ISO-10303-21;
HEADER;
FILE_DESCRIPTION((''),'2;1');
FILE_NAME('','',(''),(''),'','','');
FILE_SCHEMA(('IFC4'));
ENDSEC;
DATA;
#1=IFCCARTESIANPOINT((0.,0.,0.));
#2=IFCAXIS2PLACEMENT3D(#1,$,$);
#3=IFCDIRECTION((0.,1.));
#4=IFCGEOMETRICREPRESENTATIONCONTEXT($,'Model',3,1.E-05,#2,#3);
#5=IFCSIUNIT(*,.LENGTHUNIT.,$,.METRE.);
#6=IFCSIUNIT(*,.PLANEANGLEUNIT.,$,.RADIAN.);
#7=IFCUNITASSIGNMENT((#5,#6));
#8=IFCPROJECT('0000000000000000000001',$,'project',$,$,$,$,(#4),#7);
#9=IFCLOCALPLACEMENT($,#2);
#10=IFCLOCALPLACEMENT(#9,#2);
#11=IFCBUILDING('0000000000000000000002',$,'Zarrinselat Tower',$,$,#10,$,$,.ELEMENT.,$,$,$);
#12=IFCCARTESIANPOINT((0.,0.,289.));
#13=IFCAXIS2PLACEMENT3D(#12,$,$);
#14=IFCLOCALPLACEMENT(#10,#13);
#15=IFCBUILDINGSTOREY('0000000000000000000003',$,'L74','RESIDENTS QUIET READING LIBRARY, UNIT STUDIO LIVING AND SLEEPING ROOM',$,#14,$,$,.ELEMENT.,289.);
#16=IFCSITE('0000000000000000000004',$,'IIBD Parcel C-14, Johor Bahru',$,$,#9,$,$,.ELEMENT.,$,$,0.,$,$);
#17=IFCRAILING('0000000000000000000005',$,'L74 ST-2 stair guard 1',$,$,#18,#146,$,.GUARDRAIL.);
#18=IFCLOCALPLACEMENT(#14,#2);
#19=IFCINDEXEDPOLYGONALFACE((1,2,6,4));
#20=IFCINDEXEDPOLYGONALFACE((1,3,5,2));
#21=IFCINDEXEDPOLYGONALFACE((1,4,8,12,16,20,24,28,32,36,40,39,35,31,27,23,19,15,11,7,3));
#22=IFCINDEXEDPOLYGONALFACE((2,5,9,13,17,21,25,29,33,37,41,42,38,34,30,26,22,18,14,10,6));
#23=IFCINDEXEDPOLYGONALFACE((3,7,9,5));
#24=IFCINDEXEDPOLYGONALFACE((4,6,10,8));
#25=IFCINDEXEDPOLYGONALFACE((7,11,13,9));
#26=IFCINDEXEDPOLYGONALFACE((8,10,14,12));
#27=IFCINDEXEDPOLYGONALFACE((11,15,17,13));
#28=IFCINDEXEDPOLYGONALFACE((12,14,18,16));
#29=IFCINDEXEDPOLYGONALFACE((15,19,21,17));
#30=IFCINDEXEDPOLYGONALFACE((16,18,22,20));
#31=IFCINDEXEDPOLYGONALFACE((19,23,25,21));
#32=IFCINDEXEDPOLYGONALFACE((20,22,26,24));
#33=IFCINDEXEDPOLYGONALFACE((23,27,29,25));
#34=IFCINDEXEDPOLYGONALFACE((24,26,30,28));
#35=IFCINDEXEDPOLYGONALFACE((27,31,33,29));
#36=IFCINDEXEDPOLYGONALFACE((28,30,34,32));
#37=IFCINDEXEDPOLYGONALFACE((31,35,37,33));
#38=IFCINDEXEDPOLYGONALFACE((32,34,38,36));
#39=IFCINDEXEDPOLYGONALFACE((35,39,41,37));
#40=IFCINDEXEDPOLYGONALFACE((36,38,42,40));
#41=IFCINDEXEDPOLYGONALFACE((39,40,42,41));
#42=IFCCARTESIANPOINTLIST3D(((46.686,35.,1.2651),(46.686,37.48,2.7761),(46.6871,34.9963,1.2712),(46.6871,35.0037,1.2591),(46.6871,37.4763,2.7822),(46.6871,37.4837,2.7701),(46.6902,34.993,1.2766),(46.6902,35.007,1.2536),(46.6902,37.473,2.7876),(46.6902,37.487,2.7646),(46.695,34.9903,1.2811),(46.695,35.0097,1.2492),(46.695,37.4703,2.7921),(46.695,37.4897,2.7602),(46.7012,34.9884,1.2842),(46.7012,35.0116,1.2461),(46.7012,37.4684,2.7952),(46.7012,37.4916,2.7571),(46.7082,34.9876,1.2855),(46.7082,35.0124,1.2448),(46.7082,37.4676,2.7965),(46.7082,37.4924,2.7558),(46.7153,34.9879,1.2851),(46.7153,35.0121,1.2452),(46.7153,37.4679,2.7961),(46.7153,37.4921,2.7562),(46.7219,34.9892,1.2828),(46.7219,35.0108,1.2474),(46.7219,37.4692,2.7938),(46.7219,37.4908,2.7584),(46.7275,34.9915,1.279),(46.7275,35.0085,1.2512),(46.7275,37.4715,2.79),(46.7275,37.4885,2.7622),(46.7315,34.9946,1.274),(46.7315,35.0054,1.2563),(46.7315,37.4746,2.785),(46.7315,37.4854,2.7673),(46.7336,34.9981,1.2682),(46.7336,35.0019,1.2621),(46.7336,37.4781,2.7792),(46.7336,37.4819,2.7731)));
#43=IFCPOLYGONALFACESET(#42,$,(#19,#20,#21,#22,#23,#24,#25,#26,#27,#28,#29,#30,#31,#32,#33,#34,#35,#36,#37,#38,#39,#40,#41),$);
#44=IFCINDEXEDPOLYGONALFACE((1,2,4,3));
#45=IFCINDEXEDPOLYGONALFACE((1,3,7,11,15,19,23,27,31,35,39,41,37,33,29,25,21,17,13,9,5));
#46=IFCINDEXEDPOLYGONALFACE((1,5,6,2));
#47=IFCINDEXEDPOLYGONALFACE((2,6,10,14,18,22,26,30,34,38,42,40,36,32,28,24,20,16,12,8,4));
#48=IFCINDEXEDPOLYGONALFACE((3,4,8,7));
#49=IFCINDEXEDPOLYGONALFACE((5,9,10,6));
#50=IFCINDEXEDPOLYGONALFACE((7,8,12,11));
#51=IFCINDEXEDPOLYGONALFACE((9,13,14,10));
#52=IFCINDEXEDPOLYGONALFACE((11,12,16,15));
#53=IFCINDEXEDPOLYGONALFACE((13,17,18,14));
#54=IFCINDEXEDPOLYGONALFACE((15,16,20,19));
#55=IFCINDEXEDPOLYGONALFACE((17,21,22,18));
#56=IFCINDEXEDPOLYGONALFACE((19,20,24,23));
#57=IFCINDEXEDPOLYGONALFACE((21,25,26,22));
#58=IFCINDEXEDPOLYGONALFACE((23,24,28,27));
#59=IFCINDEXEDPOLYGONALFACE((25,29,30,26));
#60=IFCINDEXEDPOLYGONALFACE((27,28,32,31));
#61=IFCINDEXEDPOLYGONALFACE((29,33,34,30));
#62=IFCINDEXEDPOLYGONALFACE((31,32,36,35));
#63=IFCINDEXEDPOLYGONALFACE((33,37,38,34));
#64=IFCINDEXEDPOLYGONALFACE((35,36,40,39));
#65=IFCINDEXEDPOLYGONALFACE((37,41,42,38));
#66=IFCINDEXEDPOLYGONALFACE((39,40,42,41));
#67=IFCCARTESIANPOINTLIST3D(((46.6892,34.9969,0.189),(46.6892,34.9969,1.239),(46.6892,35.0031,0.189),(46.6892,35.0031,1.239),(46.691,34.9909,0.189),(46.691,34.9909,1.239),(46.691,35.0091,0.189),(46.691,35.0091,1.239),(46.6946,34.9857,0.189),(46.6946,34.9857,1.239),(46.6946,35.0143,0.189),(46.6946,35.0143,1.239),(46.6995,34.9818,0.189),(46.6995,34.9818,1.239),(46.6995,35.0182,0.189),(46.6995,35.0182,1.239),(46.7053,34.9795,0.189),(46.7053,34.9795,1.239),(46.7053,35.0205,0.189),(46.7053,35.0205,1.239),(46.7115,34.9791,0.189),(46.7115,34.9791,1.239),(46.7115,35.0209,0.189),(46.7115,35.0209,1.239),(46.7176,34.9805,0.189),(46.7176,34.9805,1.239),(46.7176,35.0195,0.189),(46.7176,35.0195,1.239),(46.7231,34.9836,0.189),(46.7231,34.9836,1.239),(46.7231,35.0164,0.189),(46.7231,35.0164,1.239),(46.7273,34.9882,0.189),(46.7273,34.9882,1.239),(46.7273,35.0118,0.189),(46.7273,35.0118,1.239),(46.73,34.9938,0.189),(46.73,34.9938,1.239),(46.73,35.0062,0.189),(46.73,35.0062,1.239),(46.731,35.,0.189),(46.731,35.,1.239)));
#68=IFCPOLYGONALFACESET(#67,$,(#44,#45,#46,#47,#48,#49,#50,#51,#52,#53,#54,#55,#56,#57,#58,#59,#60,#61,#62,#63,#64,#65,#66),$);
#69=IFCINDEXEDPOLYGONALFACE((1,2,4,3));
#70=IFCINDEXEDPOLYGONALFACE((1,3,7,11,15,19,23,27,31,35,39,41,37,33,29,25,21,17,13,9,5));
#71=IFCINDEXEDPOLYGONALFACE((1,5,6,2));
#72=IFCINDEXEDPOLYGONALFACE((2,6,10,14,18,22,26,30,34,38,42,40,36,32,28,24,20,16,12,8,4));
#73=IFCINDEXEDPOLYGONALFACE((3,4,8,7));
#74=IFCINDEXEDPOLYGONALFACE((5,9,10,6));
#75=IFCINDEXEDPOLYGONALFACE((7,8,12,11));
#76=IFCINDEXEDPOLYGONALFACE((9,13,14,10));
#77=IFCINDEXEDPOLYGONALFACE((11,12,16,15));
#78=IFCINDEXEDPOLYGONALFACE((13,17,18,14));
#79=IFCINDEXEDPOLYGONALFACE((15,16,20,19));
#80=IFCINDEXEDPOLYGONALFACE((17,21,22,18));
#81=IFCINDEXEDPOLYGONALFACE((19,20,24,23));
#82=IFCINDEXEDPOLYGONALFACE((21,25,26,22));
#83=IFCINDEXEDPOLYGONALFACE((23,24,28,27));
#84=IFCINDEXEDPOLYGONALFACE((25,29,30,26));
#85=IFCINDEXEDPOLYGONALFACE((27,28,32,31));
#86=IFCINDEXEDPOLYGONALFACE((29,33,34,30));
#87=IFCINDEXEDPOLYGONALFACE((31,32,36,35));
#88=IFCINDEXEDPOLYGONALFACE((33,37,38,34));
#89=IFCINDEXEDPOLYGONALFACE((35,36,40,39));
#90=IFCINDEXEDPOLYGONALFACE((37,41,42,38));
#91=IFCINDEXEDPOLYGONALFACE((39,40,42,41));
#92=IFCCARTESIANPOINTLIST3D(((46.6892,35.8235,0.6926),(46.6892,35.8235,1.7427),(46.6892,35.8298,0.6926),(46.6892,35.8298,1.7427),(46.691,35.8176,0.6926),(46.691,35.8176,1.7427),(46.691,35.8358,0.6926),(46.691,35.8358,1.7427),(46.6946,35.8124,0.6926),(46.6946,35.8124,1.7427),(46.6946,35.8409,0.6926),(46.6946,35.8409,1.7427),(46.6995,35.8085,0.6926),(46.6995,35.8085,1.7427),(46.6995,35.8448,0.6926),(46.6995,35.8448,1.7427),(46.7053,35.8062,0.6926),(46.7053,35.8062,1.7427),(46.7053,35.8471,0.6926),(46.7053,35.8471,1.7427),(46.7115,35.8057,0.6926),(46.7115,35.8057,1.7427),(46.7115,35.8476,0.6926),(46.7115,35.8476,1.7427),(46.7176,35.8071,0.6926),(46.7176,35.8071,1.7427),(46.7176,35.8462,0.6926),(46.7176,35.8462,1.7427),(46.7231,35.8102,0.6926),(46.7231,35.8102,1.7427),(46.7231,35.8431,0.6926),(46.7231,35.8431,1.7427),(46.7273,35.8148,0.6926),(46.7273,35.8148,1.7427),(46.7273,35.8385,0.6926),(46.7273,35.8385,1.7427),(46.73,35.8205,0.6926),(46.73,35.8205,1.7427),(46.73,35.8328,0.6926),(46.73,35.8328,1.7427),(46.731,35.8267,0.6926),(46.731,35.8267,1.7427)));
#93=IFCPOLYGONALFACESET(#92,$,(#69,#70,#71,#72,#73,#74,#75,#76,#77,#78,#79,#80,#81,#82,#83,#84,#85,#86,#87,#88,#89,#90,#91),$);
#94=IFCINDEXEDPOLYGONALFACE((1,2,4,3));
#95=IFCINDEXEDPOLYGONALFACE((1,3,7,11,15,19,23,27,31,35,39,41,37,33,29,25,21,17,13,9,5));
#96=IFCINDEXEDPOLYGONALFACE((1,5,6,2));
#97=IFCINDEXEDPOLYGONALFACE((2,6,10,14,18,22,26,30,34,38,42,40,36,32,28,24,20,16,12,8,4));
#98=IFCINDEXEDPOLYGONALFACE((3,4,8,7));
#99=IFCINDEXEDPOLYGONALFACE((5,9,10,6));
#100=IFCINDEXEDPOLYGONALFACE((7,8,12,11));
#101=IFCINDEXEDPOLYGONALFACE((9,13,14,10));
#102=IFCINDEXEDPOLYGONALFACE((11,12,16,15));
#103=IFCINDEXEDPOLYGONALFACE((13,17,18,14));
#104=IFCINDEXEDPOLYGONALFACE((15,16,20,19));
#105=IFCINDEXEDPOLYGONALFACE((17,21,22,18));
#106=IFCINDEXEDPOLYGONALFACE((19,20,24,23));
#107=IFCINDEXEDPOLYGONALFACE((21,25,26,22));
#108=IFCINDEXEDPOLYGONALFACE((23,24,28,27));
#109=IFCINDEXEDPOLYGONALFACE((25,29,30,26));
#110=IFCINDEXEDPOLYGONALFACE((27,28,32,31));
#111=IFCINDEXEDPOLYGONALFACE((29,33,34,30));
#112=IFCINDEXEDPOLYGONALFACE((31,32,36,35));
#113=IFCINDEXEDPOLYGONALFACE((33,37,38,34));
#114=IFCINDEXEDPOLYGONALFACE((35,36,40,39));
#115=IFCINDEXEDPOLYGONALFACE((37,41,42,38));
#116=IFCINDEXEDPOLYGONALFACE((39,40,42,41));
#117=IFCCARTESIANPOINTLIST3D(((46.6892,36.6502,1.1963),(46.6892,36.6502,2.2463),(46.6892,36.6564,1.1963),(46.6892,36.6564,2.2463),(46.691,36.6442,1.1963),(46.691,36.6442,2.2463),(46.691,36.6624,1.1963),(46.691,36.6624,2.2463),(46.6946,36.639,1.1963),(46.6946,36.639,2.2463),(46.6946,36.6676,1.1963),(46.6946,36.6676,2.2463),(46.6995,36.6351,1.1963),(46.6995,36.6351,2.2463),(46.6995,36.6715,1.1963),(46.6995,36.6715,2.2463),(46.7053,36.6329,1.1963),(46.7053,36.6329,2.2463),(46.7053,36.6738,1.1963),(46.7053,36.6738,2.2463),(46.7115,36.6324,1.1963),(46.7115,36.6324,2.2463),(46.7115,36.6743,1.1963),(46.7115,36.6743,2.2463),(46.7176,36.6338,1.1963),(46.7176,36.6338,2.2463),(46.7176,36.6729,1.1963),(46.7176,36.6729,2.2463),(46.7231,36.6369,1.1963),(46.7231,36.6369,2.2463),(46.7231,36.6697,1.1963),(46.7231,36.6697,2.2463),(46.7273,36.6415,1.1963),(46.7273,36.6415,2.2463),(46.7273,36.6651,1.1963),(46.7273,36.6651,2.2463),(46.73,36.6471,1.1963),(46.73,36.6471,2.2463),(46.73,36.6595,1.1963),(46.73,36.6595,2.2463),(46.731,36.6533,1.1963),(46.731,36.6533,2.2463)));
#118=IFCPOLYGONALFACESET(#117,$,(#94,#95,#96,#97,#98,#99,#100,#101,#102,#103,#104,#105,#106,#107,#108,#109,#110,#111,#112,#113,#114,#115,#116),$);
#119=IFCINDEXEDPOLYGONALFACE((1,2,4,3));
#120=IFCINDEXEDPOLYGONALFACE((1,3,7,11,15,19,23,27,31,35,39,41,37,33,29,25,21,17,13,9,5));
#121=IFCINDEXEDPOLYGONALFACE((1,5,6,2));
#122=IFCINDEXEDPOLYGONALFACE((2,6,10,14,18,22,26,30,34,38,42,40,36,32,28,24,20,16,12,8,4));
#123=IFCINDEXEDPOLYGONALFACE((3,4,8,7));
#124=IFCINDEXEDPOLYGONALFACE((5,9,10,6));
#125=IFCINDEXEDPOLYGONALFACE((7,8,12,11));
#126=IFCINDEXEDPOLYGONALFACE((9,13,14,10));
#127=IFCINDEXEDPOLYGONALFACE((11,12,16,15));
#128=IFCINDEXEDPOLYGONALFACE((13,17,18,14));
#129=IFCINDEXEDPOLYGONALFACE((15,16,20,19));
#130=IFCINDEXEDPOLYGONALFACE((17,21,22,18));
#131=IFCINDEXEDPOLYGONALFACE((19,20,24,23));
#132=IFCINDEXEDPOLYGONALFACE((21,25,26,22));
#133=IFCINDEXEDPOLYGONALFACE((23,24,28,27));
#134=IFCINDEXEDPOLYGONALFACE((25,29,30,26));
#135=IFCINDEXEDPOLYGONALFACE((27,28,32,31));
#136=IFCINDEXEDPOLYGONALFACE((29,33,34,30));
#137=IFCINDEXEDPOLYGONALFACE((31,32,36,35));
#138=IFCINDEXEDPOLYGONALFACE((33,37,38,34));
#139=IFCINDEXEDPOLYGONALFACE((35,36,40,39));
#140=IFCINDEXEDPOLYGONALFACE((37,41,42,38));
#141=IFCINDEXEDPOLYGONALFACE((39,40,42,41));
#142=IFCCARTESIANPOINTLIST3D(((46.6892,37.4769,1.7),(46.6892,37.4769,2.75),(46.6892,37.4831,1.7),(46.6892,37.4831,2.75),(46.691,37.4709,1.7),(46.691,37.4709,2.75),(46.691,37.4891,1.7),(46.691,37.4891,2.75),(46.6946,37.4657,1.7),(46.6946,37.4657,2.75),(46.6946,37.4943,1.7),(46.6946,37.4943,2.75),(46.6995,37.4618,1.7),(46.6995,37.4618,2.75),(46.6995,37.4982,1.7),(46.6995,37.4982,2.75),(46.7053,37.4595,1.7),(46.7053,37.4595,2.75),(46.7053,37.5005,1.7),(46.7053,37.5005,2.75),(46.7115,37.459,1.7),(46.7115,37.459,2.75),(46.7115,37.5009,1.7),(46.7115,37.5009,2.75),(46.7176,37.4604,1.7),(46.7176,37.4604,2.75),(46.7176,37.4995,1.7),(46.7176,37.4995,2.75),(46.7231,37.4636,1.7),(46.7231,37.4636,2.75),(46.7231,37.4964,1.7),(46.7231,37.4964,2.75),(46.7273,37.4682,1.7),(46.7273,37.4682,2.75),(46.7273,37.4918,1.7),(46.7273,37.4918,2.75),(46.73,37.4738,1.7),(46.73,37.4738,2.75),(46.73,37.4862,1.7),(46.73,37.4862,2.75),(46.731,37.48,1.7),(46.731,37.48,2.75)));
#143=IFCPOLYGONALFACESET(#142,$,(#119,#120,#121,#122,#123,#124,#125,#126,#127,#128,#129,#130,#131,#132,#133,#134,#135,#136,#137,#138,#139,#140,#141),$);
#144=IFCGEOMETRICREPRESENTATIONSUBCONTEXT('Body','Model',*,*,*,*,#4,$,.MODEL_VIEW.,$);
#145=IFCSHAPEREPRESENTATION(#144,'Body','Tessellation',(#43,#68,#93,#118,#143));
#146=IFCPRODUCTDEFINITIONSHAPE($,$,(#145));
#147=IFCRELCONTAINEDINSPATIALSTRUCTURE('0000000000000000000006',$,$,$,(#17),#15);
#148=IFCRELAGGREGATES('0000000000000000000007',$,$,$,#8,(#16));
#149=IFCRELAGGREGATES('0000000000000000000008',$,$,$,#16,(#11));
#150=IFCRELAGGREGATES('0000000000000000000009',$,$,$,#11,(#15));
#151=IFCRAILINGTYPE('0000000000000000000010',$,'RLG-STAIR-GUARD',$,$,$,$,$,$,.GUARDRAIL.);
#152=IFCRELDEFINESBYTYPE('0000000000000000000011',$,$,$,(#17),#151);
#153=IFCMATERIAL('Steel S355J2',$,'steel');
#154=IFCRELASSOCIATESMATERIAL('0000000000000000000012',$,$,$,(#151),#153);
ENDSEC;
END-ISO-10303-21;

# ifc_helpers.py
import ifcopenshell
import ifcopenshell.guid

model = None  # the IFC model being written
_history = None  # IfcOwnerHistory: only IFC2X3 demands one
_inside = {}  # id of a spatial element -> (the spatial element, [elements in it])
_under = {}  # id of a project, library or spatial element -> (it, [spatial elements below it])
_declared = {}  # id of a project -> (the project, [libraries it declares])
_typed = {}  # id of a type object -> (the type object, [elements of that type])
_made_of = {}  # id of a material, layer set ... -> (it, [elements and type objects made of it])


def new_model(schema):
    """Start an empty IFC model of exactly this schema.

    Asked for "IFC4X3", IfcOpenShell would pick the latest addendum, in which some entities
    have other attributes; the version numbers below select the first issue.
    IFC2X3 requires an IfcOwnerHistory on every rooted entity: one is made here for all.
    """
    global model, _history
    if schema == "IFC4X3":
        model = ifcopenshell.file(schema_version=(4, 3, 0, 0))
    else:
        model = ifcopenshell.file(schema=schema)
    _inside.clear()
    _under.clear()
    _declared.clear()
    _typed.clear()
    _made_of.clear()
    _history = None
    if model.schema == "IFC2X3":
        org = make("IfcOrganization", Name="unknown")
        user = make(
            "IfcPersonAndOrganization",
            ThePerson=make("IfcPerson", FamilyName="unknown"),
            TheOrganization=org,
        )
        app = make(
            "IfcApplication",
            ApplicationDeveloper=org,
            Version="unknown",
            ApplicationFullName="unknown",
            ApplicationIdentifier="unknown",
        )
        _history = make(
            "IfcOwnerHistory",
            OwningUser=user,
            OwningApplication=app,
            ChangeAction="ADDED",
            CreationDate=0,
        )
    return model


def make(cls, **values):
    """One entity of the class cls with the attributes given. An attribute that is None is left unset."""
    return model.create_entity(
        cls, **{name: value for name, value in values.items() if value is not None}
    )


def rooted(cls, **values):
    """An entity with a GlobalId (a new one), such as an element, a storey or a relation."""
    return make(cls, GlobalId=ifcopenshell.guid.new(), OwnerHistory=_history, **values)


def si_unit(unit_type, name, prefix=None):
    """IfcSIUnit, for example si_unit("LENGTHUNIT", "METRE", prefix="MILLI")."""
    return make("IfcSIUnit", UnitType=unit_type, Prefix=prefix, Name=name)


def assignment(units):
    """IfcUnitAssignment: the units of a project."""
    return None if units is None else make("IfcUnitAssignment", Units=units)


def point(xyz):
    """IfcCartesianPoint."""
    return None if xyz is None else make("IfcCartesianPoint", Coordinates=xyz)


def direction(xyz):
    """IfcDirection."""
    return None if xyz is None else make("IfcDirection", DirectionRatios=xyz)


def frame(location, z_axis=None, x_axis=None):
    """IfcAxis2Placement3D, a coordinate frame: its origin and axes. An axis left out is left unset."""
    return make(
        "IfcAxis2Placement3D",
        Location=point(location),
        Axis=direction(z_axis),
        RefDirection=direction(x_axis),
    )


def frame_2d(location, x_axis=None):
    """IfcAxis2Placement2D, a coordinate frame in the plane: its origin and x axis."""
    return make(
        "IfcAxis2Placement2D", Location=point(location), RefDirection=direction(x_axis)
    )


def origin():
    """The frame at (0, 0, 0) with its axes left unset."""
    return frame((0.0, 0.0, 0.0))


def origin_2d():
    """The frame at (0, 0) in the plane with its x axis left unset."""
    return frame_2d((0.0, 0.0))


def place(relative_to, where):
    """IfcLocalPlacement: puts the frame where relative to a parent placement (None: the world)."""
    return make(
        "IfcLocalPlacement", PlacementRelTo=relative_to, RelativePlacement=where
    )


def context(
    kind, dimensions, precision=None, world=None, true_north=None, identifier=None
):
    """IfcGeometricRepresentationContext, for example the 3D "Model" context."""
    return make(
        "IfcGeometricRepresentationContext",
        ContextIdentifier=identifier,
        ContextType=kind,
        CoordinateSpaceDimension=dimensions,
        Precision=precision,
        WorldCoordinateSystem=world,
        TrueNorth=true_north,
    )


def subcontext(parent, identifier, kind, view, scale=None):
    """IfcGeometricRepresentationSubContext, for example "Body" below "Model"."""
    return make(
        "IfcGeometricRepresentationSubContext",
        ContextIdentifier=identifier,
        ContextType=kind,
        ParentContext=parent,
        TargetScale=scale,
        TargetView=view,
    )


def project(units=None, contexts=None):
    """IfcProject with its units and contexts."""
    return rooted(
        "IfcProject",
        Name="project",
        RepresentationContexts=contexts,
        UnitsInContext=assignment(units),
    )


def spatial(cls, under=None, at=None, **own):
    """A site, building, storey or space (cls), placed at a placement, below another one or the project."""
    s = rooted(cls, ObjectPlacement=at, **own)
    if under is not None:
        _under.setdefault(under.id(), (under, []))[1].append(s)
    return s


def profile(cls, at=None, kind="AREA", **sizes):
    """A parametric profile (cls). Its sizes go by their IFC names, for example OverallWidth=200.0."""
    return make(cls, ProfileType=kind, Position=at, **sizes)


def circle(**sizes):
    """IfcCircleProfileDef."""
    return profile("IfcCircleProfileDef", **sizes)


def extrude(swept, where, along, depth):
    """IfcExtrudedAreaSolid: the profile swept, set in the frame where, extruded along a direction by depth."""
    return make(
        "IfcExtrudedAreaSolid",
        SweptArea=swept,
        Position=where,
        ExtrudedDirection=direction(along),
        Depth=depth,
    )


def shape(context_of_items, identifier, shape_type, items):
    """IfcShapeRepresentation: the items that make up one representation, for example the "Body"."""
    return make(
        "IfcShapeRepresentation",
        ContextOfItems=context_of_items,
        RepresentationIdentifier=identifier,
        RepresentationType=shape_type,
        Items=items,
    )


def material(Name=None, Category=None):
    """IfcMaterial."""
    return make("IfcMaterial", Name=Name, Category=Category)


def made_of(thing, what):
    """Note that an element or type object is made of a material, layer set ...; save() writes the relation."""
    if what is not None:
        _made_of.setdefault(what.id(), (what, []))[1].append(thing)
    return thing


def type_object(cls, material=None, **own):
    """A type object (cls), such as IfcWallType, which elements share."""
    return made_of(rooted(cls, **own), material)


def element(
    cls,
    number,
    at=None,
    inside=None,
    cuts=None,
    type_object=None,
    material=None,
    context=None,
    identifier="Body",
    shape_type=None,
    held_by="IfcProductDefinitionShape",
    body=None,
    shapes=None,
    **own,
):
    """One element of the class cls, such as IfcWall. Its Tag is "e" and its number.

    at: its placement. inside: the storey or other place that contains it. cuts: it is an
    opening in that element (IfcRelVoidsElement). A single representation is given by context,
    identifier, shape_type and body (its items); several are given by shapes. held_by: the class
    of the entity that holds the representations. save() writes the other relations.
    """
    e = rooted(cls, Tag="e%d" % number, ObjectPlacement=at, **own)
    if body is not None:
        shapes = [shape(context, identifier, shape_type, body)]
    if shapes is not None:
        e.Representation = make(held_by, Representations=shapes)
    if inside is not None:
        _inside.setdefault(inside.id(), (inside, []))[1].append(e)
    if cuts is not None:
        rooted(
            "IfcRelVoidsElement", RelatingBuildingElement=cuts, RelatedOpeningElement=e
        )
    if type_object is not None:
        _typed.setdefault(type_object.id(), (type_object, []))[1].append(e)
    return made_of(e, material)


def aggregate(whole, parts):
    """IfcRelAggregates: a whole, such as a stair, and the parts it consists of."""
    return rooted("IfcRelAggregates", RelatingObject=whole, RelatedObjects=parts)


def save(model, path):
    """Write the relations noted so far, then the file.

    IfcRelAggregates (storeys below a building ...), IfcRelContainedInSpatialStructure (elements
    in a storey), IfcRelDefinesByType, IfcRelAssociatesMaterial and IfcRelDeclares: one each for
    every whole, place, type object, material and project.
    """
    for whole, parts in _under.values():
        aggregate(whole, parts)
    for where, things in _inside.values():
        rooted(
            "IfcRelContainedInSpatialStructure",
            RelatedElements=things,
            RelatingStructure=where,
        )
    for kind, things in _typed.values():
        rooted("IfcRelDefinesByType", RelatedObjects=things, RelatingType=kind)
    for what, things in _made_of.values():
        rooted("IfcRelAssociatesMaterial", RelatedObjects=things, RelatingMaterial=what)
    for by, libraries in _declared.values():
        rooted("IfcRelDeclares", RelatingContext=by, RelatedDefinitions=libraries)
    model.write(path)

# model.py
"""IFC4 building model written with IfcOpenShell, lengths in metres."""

from ifc_helpers import new_model, si_unit, direction, frame, origin, origin_2d, place, context, subcontext, project, spatial, circle, extrude, material, type_object, element, save


model = new_model("IFC4")

# Units and contexts
model_context = context("Model", 3, precision=1e-05, world=origin(), true_north=direction((0.0, 1.0)))
body_context = subcontext(model_context, "Body", "Model", "MODEL_VIEW")
ifc_project = project(units=[si_unit("LENGTHUNIT", "METRE"), si_unit("PLANEANGLEUNIT", "RADIAN")], contexts=[model_context])

# Site, building, storey
site_placement = place(None, origin())
site = spatial("IfcSite", under=ifc_project, at=site_placement, Name="IIBD Parcel C-14, Johor Bahru", CompositionType="ELEMENT", RefElevation=0.0)
building_placement = place(site_placement, origin())
building = spatial("IfcBuilding", under=site, at=building_placement, Name="Zarrinselat Tower", CompositionType="ELEMENT")
storey_placement = place(building_placement, frame((0.0, 0.0, 289.0)))
storey = spatial("IfcBuildingStorey", under=building, at=storey_placement, Name="L74", Description="RESIDENTS QUIET READING LIBRARY, UNIT STUDIO LIVING AND SLEEPING ROOM", CompositionType="ELEMENT", Elevation=289.0)

# Railing
ifc_material_1 = material(Name="Steel S355J2", Category="steel")
railing_type_1 = type_object("IfcRailingType", Name="RLG-STAIR-GUARD", PredefinedType="GUARDRAIL", material=ifc_material_1)
railing_1_placement = place(storey_placement, frame((46.71, 35.0, 0.189)))
element("IfcRailing", 1, at=railing_1_placement, inside=storey, type_object=railing_type_1, Name="L74 ST-2 stair guard 1", PredefinedType="GUARDRAIL", context=body_context, shape_type="SweptSolid", body=[
    extrude(circle(Radius=0.0239, at=origin_2d()), frame((0.0, 0.0, 1.0762), z_axis=(0.0, 0.853979, 0.520307), x_axis=(-1.0, 0.0, 0.0)), (0.0, 0.0, 1.0), 2.9041),
    extrude(circle(Radius=0.021, at=origin_2d()), origin(), (0.0, 0.0, 1.0), 1.05),
    extrude(circle(Radius=0.021, at=origin_2d()), frame((0.0, 0.8267, 0.5037)), (0.0, 0.0, 1.0), 1.05),
    extrude(circle(Radius=0.021, at=origin_2d()), frame((0.0, 1.6533, 1.0073)), (0.0, 0.0, 1.0), 1.05),
    extrude(circle(Radius=0.021, at=origin_2d()), frame((0.0, 2.48, 1.511)), (0.0, 0.0, 1.0), 1.05),
])

save(model, "model.ifc")
